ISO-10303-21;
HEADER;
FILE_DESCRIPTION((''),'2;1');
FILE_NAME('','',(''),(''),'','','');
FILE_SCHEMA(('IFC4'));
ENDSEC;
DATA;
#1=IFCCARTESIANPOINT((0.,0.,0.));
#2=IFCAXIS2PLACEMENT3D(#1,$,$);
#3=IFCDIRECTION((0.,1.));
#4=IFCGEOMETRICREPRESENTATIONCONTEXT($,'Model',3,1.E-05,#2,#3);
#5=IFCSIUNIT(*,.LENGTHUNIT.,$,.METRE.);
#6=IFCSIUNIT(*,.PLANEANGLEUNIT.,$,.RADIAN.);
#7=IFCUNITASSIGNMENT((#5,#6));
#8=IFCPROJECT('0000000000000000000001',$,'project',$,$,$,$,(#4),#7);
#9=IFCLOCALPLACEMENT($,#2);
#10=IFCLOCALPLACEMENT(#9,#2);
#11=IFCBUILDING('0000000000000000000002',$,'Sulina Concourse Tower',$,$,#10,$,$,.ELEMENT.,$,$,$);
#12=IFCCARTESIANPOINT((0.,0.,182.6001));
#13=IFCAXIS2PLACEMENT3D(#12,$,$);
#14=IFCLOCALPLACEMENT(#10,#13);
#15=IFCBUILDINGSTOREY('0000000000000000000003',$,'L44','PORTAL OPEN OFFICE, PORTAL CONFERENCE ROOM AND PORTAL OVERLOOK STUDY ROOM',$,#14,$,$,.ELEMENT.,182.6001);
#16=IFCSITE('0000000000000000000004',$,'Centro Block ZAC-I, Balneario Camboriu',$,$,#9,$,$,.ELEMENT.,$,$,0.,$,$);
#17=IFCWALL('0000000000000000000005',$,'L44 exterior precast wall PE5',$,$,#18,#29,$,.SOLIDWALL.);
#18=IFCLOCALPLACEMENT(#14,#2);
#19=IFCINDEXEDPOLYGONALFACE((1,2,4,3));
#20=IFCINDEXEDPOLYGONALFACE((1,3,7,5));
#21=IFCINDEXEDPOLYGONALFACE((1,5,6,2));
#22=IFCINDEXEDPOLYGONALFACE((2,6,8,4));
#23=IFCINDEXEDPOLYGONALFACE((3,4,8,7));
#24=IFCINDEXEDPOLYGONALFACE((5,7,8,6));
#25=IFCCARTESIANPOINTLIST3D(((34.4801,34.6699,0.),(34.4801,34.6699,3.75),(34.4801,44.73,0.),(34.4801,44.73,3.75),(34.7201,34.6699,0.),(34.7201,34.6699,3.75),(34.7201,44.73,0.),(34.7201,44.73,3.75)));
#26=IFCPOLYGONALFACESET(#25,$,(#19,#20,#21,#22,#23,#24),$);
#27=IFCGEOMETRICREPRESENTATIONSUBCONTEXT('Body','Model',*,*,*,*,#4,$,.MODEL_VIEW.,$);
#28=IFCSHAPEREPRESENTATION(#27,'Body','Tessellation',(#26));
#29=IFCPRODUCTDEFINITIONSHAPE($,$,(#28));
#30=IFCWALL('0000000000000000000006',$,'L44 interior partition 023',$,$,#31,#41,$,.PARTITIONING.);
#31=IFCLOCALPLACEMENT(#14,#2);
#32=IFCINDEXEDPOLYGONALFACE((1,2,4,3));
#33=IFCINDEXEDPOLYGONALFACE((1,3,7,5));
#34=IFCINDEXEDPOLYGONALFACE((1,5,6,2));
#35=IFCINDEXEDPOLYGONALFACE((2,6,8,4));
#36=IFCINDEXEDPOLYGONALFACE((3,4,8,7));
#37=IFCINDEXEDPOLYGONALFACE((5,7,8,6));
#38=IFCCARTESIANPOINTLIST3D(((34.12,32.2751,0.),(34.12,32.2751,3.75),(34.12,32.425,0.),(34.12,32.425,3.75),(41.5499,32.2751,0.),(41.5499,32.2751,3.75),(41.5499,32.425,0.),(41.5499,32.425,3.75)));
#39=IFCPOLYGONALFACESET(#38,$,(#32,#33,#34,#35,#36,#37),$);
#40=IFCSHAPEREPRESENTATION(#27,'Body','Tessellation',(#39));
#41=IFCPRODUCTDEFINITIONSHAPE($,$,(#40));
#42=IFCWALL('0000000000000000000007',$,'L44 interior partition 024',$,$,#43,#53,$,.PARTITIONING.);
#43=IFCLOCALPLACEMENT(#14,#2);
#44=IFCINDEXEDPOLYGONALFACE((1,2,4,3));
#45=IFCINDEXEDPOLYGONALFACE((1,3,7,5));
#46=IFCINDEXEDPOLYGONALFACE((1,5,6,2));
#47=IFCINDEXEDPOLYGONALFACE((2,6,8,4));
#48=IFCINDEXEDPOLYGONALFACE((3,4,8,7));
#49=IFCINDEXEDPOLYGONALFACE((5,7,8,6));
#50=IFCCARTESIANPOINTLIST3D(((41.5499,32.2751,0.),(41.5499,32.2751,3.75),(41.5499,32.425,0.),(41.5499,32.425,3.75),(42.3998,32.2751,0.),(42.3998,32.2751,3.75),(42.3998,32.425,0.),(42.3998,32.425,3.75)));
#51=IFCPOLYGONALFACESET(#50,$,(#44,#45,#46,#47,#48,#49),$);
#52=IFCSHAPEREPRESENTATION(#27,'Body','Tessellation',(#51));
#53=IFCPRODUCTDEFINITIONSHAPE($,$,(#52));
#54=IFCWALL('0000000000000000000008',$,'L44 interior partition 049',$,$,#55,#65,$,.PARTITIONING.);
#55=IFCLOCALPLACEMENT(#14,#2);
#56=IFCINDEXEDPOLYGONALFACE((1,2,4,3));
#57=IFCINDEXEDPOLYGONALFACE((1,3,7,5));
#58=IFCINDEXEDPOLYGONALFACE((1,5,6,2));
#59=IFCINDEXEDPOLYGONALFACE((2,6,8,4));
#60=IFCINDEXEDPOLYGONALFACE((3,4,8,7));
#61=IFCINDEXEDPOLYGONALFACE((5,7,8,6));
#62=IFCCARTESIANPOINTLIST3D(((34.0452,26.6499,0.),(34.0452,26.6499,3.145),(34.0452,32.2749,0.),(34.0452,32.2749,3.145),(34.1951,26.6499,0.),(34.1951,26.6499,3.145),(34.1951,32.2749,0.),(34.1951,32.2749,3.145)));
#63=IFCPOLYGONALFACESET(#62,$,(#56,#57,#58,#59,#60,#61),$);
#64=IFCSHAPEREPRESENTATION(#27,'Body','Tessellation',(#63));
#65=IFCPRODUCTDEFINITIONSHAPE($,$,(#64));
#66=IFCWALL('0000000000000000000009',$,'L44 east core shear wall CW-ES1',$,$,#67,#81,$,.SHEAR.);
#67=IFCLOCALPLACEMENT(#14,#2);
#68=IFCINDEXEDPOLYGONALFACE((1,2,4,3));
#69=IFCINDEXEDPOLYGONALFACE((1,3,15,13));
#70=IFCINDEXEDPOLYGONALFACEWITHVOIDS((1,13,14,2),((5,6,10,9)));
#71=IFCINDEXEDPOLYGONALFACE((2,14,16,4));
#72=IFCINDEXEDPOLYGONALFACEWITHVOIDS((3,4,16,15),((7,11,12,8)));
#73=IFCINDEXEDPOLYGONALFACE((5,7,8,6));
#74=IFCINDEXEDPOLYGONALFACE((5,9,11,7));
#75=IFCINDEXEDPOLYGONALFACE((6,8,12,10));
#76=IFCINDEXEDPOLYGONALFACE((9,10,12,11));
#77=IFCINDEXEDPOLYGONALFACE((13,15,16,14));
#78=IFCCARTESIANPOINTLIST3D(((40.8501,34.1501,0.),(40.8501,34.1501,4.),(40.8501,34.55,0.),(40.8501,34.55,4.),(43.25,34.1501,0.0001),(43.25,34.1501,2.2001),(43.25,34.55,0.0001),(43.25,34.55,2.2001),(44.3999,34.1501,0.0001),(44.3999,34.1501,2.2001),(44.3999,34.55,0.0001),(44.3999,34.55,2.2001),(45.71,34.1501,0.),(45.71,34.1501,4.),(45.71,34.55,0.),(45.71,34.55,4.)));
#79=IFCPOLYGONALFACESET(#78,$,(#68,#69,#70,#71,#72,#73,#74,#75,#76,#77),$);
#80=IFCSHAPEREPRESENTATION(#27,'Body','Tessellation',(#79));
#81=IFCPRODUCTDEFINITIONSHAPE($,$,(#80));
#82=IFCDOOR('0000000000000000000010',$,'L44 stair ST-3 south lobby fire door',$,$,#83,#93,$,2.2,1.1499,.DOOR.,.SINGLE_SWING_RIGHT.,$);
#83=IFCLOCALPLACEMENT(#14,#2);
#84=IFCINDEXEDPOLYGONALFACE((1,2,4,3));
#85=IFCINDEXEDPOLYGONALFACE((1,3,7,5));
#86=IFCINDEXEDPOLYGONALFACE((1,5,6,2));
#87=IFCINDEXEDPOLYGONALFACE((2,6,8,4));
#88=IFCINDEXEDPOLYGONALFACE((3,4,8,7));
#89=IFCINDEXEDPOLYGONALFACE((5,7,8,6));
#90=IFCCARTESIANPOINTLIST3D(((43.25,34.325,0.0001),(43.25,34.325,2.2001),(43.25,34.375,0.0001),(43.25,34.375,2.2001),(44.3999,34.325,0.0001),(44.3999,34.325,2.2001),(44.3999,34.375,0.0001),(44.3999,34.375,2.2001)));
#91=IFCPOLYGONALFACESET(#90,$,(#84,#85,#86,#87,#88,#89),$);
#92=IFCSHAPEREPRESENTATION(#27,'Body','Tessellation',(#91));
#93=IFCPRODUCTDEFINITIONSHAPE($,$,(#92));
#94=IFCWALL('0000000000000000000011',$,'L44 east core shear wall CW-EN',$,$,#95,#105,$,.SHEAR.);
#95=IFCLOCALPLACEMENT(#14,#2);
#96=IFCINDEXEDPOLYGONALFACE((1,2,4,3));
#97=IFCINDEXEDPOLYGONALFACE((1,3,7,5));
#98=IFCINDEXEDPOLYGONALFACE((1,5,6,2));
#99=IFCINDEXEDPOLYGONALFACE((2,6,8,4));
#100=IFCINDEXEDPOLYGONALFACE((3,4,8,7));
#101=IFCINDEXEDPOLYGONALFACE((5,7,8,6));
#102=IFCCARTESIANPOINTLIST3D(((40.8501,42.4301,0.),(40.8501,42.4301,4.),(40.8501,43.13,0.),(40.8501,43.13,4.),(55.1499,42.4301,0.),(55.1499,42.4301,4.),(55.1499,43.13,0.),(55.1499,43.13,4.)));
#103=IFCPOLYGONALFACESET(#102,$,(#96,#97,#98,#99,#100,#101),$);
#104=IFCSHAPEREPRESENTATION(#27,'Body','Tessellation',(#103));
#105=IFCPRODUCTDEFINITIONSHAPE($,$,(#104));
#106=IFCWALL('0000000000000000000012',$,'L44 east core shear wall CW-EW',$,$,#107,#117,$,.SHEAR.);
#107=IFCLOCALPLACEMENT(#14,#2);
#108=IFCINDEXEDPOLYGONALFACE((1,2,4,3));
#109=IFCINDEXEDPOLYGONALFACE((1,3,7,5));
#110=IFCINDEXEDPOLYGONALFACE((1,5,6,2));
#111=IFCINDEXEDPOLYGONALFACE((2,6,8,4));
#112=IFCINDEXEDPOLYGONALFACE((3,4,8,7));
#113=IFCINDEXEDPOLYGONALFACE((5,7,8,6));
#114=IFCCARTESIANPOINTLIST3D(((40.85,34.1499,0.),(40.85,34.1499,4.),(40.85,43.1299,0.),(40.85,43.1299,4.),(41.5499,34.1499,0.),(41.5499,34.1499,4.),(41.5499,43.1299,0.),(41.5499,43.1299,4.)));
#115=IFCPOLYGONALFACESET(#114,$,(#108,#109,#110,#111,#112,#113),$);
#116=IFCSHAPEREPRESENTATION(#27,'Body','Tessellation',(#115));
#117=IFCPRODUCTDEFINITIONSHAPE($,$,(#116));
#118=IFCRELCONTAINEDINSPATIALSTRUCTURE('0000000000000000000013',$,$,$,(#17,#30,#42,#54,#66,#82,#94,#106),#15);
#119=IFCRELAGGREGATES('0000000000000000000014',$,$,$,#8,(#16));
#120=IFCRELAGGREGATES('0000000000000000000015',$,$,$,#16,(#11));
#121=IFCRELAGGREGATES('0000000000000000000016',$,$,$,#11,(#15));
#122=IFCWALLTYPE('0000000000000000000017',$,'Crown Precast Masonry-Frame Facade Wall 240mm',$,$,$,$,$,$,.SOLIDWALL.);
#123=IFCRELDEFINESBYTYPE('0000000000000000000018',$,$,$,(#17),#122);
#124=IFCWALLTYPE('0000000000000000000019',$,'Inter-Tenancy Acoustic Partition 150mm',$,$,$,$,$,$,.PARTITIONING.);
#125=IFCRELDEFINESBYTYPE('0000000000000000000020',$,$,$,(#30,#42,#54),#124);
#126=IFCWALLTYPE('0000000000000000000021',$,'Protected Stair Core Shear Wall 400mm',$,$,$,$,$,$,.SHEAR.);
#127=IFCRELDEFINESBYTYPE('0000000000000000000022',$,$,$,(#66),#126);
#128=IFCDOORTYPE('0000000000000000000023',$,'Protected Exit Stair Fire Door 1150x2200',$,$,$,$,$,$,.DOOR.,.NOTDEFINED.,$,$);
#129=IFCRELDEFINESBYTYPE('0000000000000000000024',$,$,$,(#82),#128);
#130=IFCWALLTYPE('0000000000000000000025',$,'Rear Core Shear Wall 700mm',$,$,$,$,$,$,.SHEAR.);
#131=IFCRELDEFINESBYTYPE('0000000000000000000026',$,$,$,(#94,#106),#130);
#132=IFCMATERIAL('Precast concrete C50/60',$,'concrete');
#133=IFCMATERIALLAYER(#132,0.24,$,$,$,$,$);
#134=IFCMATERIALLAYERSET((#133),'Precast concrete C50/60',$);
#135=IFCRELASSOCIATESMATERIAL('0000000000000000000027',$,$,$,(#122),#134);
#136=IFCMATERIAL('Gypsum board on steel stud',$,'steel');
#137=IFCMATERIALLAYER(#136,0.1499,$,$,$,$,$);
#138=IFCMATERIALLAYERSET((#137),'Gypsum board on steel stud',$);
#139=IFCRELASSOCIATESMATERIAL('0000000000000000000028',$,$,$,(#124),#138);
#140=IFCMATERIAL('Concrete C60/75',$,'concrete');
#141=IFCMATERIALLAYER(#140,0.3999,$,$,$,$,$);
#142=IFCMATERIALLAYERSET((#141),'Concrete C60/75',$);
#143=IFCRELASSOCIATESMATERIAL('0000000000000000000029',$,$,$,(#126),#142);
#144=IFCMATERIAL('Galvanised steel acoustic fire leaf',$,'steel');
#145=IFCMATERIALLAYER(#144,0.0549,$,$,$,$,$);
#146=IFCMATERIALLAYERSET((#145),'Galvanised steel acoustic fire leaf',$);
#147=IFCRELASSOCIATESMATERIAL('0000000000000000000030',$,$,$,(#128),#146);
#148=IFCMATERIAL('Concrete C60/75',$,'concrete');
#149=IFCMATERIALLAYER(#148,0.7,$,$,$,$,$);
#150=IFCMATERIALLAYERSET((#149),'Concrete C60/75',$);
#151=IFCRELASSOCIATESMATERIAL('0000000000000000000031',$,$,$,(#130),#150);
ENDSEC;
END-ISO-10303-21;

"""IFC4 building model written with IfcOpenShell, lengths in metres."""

from ifc_helpers import new_model, si_unit, direction, frame, frame_2d, origin, place, context, subcontext, project, spatial, rectangle, extrude, material, layer, layer_set, type_object, element, fill, save


model = new_model("IFC4")

# Units and contexts
model_context = context("Model", 3, precision=1e-05, world=origin(), true_north=direction((0.0, 1.0)))
body_context = subcontext(model_context, "Body", "Model", "MODEL_VIEW")
ifc_project = project(units=[si_unit("LENGTHUNIT", "METRE"), si_unit("PLANEANGLEUNIT", "RADIAN")], contexts=[model_context])

# Site, building, storey
site_placement = place(None, origin())
site = spatial("IfcSite", under=ifc_project, at=site_placement, Name="Centro Block ZAC-I, Balneario Camboriu", CompositionType="ELEMENT", RefElevation=0.0)
building_placement = place(site_placement, origin())
building = spatial("IfcBuilding", under=site, at=building_placement, Name="Sulina Concourse Tower", CompositionType="ELEMENT")
storey_placement = place(building_placement, frame((0.0, 0.0, 182.6001)))
storey = spatial("IfcBuildingStorey", under=building, at=storey_placement, Name="L44", Description="PORTAL OPEN OFFICE, PORTAL CONFERENCE ROOM AND PORTAL OVERLOOK STUDY ROOM", CompositionType="ELEMENT", Elevation=182.6001)

# Shared definitions
ifc_material_1 = material(Name="Precast concrete C50/60", Category="concrete")
ifc_layer_1 = layer(ifc_material_1, 0.24)
ifc_layer_set_1 = layer_set([ifc_layer_1], Name="Precast concrete C50/60")
wall_type_1 = type_object("IfcWallType", Name="Crown Precast Masonry-Frame Facade Wall 240mm", PredefinedType="SOLIDWALL", material=ifc_layer_set_1)

# Walls
wall_1_placement = place(storey_placement, frame((34.6001, 34.6699, 0.0), z_axis=(0.0, 0.0, 1.0), x_axis=(0.0, 1.0, 0.0)))
element("IfcWall", 1, at=wall_1_placement, inside=storey, type_object=wall_type_1, Name="L44 exterior precast wall PE5", PredefinedType="SOLIDWALL", context=body_context, shape_type="SweptSolid", body=[
    extrude(rectangle(XDim=10.0601, YDim=0.24, at=frame_2d((5.03, 0.0))), origin(), (0.0, 0.0, 1.0), 3.75),
])
ifc_material_2 = material(Name="Gypsum board on steel stud", Category="steel")
ifc_layer_2 = layer(ifc_material_2, 0.1499)
ifc_layer_set_2 = layer_set([ifc_layer_2], Name="Gypsum board on steel stud")
wall_type_2 = type_object("IfcWallType", Name="Inter-Tenancy Acoustic Partition 150mm", PredefinedType="PARTITIONING", material=ifc_layer_set_2)
wall_2_placement = place(storey_placement, frame((34.1201, 32.3501, 0.0), z_axis=(0.0, 0.0, 1.0), x_axis=(1.0, 0.0, 0.0)))
element("IfcWall", 2, at=wall_2_placement, inside=storey, type_object=wall_type_2, Name="L44 interior partition 023", PredefinedType="PARTITIONING", context=body_context, shape_type="SweptSolid", body=[
    extrude(rectangle(XDim=7.4299, YDim=0.1499, at=frame_2d((3.7148, 0.0))), origin(), (0.0, 0.0, 1.0), 3.75),
])
wall_3_placement = place(storey_placement, frame((41.55, 32.3501, 0.0), z_axis=(0.0, 0.0, 1.0), x_axis=(1.0, 0.0, 0.0)))
element("IfcWall", 3, at=wall_3_placement, inside=storey, type_object=wall_type_2, Name="L44 interior partition 024", PredefinedType="PARTITIONING", context=body_context, shape_type="SweptSolid", body=[
    extrude(rectangle(XDim=0.8499, YDim=0.1499, at=frame_2d((0.4248, 0.0))), origin(), (0.0, 0.0, 1.0), 3.75),
])
wall_4_placement = place(storey_placement, frame((34.1201, 26.6499, 0.0), z_axis=(0.0, 0.0, 1.0), x_axis=(0.0, 1.0, 0.0)))
element("IfcWall", 4, at=wall_4_placement, inside=storey, type_object=wall_type_2, Name="L44 interior partition 049", PredefinedType="PARTITIONING", context=body_context, shape_type="SweptSolid", body=[
    extrude(rectangle(XDim=5.625, YDim=0.1499, at=frame_2d((2.8125, 0.0))), origin(), (0.0, 0.0, 1.0), 3.145),
])

# Wall, opening, door
ifc_material_3 = material(Name="Concrete C60/75", Category="concrete")
ifc_layer_3 = layer(ifc_material_3, 0.3999)
ifc_layer_set_3 = layer_set([ifc_layer_3], Name="Concrete C60/75")
wall_type_3 = type_object("IfcWallType", Name="Protected Stair Core Shear Wall 400mm", PredefinedType="SHEAR", material=ifc_layer_set_3)
wall_5_placement = place(storey_placement, frame((40.8501, 34.3501, 0.0), z_axis=(0.0, 0.0, 1.0), x_axis=(1.0, 0.0, 0.0)))
wall_5 = element("IfcWall", 5, at=wall_5_placement, inside=storey, type_object=wall_type_3, Name="L44 east core shear wall CW-ES1", PredefinedType="SHEAR", context=body_context, shape_type="SweptSolid", body=[
    extrude(rectangle(XDim=4.8599, YDim=0.3999, at=frame_2d((2.4299, 0.0))), origin(), (0.0, 0.0, 1.0), 4.0),
])
opening_1_placement = place(wall_5_placement, frame((2.3999, 0.0, 0.0)))
opening_1 = element("IfcOpeningElement", 6, at=opening_1_placement, cuts=wall_5, PredefinedType="OPENING", context=body_context, shape_type="SweptSolid", body=[
    extrude(rectangle(XDim=1.1499, YDim=2.2, at=frame_2d((0.575, 1.1001))), frame((0.0, 0.21, 0.0), z_axis=(0.0, -1.0, 0.0), x_axis=(1.0, 0.0, 0.0)), (0.0, 0.0, 1.0), 0.4199),
])
ifc_material_4 = material(Name="Galvanised steel acoustic fire leaf", Category="steel")
ifc_layer_4 = layer(ifc_material_4, 0.0549)
ifc_layer_set_4 = layer_set([ifc_layer_4], Name="Galvanised steel acoustic fire leaf")
door_type = type_object("IfcDoorType", Name="Protected Exit Stair Fire Door 1150x2200", OperationType="NOTDEFINED", PredefinedType="DOOR", material=ifc_layer_set_4)
door_placement = place(opening_1_placement, origin())
door = element("IfcDoor", 7, at=door_placement, inside=storey, type_object=door_type, Name="L44 stair ST-3 south lobby fire door", OperationType="SINGLE_SWING_RIGHT", OverallHeight=2.2, OverallWidth=1.1499, PredefinedType="DOOR", context=body_context, shape_type="SweptSolid", body=[
    extrude(rectangle(XDim=1.1499, YDim=2.2, at=frame_2d((0.575, 1.1001))), frame((0.0, 0.0249, 0.0), z_axis=(0.0, -1.0, 0.0), x_axis=(1.0, 0.0, 0.0)), (0.0, 0.0, 1.0), 0.05),
])
fill(opening_1, door)

# Walls
ifc_material_5 = material(Name="Concrete C60/75", Category="concrete")
ifc_layer_5 = layer(ifc_material_5, 0.7)
ifc_layer_set_5 = layer_set([ifc_layer_5], Name="Concrete C60/75")
wall_type_4 = type_object("IfcWallType", Name="Rear Core Shear Wall 700mm", PredefinedType="SHEAR", material=ifc_layer_set_5)
wall_6_placement = place(storey_placement, frame((40.8501, 42.78, 0.0), z_axis=(0.0, 0.0, 1.0), x_axis=(1.0, 0.0, 0.0)))
element("IfcWall", 8, at=wall_6_placement, inside=storey, type_object=wall_type_4, Name="L44 east core shear wall CW-EN", PredefinedType="SHEAR", context=body_context, shape_type="SweptSolid", body=[
    extrude(rectangle(XDim=14.2998, YDim=0.7, at=frame_2d((7.1499, 0.0))), origin(), (0.0, 0.0, 1.0), 4.0),
])
wall_7_placement = place(storey_placement, frame((41.2, 34.1499, 0.0), z_axis=(0.0, 0.0, 1.0), x_axis=(0.0, 1.0, 0.0)))
element("IfcWall", 9, at=wall_7_placement, inside=storey, type_object=wall_type_4, Name="L44 east core shear wall CW-EW", PredefinedType="SHEAR", context=body_context, shape_type="SweptSolid", body=[
    extrude(rectangle(XDim=8.98, YDim=0.7, at=frame_2d((4.49, 0.0))), origin(), (0.0, 0.0, 1.0), 4.0),
])

save(model, "model.ifc")
